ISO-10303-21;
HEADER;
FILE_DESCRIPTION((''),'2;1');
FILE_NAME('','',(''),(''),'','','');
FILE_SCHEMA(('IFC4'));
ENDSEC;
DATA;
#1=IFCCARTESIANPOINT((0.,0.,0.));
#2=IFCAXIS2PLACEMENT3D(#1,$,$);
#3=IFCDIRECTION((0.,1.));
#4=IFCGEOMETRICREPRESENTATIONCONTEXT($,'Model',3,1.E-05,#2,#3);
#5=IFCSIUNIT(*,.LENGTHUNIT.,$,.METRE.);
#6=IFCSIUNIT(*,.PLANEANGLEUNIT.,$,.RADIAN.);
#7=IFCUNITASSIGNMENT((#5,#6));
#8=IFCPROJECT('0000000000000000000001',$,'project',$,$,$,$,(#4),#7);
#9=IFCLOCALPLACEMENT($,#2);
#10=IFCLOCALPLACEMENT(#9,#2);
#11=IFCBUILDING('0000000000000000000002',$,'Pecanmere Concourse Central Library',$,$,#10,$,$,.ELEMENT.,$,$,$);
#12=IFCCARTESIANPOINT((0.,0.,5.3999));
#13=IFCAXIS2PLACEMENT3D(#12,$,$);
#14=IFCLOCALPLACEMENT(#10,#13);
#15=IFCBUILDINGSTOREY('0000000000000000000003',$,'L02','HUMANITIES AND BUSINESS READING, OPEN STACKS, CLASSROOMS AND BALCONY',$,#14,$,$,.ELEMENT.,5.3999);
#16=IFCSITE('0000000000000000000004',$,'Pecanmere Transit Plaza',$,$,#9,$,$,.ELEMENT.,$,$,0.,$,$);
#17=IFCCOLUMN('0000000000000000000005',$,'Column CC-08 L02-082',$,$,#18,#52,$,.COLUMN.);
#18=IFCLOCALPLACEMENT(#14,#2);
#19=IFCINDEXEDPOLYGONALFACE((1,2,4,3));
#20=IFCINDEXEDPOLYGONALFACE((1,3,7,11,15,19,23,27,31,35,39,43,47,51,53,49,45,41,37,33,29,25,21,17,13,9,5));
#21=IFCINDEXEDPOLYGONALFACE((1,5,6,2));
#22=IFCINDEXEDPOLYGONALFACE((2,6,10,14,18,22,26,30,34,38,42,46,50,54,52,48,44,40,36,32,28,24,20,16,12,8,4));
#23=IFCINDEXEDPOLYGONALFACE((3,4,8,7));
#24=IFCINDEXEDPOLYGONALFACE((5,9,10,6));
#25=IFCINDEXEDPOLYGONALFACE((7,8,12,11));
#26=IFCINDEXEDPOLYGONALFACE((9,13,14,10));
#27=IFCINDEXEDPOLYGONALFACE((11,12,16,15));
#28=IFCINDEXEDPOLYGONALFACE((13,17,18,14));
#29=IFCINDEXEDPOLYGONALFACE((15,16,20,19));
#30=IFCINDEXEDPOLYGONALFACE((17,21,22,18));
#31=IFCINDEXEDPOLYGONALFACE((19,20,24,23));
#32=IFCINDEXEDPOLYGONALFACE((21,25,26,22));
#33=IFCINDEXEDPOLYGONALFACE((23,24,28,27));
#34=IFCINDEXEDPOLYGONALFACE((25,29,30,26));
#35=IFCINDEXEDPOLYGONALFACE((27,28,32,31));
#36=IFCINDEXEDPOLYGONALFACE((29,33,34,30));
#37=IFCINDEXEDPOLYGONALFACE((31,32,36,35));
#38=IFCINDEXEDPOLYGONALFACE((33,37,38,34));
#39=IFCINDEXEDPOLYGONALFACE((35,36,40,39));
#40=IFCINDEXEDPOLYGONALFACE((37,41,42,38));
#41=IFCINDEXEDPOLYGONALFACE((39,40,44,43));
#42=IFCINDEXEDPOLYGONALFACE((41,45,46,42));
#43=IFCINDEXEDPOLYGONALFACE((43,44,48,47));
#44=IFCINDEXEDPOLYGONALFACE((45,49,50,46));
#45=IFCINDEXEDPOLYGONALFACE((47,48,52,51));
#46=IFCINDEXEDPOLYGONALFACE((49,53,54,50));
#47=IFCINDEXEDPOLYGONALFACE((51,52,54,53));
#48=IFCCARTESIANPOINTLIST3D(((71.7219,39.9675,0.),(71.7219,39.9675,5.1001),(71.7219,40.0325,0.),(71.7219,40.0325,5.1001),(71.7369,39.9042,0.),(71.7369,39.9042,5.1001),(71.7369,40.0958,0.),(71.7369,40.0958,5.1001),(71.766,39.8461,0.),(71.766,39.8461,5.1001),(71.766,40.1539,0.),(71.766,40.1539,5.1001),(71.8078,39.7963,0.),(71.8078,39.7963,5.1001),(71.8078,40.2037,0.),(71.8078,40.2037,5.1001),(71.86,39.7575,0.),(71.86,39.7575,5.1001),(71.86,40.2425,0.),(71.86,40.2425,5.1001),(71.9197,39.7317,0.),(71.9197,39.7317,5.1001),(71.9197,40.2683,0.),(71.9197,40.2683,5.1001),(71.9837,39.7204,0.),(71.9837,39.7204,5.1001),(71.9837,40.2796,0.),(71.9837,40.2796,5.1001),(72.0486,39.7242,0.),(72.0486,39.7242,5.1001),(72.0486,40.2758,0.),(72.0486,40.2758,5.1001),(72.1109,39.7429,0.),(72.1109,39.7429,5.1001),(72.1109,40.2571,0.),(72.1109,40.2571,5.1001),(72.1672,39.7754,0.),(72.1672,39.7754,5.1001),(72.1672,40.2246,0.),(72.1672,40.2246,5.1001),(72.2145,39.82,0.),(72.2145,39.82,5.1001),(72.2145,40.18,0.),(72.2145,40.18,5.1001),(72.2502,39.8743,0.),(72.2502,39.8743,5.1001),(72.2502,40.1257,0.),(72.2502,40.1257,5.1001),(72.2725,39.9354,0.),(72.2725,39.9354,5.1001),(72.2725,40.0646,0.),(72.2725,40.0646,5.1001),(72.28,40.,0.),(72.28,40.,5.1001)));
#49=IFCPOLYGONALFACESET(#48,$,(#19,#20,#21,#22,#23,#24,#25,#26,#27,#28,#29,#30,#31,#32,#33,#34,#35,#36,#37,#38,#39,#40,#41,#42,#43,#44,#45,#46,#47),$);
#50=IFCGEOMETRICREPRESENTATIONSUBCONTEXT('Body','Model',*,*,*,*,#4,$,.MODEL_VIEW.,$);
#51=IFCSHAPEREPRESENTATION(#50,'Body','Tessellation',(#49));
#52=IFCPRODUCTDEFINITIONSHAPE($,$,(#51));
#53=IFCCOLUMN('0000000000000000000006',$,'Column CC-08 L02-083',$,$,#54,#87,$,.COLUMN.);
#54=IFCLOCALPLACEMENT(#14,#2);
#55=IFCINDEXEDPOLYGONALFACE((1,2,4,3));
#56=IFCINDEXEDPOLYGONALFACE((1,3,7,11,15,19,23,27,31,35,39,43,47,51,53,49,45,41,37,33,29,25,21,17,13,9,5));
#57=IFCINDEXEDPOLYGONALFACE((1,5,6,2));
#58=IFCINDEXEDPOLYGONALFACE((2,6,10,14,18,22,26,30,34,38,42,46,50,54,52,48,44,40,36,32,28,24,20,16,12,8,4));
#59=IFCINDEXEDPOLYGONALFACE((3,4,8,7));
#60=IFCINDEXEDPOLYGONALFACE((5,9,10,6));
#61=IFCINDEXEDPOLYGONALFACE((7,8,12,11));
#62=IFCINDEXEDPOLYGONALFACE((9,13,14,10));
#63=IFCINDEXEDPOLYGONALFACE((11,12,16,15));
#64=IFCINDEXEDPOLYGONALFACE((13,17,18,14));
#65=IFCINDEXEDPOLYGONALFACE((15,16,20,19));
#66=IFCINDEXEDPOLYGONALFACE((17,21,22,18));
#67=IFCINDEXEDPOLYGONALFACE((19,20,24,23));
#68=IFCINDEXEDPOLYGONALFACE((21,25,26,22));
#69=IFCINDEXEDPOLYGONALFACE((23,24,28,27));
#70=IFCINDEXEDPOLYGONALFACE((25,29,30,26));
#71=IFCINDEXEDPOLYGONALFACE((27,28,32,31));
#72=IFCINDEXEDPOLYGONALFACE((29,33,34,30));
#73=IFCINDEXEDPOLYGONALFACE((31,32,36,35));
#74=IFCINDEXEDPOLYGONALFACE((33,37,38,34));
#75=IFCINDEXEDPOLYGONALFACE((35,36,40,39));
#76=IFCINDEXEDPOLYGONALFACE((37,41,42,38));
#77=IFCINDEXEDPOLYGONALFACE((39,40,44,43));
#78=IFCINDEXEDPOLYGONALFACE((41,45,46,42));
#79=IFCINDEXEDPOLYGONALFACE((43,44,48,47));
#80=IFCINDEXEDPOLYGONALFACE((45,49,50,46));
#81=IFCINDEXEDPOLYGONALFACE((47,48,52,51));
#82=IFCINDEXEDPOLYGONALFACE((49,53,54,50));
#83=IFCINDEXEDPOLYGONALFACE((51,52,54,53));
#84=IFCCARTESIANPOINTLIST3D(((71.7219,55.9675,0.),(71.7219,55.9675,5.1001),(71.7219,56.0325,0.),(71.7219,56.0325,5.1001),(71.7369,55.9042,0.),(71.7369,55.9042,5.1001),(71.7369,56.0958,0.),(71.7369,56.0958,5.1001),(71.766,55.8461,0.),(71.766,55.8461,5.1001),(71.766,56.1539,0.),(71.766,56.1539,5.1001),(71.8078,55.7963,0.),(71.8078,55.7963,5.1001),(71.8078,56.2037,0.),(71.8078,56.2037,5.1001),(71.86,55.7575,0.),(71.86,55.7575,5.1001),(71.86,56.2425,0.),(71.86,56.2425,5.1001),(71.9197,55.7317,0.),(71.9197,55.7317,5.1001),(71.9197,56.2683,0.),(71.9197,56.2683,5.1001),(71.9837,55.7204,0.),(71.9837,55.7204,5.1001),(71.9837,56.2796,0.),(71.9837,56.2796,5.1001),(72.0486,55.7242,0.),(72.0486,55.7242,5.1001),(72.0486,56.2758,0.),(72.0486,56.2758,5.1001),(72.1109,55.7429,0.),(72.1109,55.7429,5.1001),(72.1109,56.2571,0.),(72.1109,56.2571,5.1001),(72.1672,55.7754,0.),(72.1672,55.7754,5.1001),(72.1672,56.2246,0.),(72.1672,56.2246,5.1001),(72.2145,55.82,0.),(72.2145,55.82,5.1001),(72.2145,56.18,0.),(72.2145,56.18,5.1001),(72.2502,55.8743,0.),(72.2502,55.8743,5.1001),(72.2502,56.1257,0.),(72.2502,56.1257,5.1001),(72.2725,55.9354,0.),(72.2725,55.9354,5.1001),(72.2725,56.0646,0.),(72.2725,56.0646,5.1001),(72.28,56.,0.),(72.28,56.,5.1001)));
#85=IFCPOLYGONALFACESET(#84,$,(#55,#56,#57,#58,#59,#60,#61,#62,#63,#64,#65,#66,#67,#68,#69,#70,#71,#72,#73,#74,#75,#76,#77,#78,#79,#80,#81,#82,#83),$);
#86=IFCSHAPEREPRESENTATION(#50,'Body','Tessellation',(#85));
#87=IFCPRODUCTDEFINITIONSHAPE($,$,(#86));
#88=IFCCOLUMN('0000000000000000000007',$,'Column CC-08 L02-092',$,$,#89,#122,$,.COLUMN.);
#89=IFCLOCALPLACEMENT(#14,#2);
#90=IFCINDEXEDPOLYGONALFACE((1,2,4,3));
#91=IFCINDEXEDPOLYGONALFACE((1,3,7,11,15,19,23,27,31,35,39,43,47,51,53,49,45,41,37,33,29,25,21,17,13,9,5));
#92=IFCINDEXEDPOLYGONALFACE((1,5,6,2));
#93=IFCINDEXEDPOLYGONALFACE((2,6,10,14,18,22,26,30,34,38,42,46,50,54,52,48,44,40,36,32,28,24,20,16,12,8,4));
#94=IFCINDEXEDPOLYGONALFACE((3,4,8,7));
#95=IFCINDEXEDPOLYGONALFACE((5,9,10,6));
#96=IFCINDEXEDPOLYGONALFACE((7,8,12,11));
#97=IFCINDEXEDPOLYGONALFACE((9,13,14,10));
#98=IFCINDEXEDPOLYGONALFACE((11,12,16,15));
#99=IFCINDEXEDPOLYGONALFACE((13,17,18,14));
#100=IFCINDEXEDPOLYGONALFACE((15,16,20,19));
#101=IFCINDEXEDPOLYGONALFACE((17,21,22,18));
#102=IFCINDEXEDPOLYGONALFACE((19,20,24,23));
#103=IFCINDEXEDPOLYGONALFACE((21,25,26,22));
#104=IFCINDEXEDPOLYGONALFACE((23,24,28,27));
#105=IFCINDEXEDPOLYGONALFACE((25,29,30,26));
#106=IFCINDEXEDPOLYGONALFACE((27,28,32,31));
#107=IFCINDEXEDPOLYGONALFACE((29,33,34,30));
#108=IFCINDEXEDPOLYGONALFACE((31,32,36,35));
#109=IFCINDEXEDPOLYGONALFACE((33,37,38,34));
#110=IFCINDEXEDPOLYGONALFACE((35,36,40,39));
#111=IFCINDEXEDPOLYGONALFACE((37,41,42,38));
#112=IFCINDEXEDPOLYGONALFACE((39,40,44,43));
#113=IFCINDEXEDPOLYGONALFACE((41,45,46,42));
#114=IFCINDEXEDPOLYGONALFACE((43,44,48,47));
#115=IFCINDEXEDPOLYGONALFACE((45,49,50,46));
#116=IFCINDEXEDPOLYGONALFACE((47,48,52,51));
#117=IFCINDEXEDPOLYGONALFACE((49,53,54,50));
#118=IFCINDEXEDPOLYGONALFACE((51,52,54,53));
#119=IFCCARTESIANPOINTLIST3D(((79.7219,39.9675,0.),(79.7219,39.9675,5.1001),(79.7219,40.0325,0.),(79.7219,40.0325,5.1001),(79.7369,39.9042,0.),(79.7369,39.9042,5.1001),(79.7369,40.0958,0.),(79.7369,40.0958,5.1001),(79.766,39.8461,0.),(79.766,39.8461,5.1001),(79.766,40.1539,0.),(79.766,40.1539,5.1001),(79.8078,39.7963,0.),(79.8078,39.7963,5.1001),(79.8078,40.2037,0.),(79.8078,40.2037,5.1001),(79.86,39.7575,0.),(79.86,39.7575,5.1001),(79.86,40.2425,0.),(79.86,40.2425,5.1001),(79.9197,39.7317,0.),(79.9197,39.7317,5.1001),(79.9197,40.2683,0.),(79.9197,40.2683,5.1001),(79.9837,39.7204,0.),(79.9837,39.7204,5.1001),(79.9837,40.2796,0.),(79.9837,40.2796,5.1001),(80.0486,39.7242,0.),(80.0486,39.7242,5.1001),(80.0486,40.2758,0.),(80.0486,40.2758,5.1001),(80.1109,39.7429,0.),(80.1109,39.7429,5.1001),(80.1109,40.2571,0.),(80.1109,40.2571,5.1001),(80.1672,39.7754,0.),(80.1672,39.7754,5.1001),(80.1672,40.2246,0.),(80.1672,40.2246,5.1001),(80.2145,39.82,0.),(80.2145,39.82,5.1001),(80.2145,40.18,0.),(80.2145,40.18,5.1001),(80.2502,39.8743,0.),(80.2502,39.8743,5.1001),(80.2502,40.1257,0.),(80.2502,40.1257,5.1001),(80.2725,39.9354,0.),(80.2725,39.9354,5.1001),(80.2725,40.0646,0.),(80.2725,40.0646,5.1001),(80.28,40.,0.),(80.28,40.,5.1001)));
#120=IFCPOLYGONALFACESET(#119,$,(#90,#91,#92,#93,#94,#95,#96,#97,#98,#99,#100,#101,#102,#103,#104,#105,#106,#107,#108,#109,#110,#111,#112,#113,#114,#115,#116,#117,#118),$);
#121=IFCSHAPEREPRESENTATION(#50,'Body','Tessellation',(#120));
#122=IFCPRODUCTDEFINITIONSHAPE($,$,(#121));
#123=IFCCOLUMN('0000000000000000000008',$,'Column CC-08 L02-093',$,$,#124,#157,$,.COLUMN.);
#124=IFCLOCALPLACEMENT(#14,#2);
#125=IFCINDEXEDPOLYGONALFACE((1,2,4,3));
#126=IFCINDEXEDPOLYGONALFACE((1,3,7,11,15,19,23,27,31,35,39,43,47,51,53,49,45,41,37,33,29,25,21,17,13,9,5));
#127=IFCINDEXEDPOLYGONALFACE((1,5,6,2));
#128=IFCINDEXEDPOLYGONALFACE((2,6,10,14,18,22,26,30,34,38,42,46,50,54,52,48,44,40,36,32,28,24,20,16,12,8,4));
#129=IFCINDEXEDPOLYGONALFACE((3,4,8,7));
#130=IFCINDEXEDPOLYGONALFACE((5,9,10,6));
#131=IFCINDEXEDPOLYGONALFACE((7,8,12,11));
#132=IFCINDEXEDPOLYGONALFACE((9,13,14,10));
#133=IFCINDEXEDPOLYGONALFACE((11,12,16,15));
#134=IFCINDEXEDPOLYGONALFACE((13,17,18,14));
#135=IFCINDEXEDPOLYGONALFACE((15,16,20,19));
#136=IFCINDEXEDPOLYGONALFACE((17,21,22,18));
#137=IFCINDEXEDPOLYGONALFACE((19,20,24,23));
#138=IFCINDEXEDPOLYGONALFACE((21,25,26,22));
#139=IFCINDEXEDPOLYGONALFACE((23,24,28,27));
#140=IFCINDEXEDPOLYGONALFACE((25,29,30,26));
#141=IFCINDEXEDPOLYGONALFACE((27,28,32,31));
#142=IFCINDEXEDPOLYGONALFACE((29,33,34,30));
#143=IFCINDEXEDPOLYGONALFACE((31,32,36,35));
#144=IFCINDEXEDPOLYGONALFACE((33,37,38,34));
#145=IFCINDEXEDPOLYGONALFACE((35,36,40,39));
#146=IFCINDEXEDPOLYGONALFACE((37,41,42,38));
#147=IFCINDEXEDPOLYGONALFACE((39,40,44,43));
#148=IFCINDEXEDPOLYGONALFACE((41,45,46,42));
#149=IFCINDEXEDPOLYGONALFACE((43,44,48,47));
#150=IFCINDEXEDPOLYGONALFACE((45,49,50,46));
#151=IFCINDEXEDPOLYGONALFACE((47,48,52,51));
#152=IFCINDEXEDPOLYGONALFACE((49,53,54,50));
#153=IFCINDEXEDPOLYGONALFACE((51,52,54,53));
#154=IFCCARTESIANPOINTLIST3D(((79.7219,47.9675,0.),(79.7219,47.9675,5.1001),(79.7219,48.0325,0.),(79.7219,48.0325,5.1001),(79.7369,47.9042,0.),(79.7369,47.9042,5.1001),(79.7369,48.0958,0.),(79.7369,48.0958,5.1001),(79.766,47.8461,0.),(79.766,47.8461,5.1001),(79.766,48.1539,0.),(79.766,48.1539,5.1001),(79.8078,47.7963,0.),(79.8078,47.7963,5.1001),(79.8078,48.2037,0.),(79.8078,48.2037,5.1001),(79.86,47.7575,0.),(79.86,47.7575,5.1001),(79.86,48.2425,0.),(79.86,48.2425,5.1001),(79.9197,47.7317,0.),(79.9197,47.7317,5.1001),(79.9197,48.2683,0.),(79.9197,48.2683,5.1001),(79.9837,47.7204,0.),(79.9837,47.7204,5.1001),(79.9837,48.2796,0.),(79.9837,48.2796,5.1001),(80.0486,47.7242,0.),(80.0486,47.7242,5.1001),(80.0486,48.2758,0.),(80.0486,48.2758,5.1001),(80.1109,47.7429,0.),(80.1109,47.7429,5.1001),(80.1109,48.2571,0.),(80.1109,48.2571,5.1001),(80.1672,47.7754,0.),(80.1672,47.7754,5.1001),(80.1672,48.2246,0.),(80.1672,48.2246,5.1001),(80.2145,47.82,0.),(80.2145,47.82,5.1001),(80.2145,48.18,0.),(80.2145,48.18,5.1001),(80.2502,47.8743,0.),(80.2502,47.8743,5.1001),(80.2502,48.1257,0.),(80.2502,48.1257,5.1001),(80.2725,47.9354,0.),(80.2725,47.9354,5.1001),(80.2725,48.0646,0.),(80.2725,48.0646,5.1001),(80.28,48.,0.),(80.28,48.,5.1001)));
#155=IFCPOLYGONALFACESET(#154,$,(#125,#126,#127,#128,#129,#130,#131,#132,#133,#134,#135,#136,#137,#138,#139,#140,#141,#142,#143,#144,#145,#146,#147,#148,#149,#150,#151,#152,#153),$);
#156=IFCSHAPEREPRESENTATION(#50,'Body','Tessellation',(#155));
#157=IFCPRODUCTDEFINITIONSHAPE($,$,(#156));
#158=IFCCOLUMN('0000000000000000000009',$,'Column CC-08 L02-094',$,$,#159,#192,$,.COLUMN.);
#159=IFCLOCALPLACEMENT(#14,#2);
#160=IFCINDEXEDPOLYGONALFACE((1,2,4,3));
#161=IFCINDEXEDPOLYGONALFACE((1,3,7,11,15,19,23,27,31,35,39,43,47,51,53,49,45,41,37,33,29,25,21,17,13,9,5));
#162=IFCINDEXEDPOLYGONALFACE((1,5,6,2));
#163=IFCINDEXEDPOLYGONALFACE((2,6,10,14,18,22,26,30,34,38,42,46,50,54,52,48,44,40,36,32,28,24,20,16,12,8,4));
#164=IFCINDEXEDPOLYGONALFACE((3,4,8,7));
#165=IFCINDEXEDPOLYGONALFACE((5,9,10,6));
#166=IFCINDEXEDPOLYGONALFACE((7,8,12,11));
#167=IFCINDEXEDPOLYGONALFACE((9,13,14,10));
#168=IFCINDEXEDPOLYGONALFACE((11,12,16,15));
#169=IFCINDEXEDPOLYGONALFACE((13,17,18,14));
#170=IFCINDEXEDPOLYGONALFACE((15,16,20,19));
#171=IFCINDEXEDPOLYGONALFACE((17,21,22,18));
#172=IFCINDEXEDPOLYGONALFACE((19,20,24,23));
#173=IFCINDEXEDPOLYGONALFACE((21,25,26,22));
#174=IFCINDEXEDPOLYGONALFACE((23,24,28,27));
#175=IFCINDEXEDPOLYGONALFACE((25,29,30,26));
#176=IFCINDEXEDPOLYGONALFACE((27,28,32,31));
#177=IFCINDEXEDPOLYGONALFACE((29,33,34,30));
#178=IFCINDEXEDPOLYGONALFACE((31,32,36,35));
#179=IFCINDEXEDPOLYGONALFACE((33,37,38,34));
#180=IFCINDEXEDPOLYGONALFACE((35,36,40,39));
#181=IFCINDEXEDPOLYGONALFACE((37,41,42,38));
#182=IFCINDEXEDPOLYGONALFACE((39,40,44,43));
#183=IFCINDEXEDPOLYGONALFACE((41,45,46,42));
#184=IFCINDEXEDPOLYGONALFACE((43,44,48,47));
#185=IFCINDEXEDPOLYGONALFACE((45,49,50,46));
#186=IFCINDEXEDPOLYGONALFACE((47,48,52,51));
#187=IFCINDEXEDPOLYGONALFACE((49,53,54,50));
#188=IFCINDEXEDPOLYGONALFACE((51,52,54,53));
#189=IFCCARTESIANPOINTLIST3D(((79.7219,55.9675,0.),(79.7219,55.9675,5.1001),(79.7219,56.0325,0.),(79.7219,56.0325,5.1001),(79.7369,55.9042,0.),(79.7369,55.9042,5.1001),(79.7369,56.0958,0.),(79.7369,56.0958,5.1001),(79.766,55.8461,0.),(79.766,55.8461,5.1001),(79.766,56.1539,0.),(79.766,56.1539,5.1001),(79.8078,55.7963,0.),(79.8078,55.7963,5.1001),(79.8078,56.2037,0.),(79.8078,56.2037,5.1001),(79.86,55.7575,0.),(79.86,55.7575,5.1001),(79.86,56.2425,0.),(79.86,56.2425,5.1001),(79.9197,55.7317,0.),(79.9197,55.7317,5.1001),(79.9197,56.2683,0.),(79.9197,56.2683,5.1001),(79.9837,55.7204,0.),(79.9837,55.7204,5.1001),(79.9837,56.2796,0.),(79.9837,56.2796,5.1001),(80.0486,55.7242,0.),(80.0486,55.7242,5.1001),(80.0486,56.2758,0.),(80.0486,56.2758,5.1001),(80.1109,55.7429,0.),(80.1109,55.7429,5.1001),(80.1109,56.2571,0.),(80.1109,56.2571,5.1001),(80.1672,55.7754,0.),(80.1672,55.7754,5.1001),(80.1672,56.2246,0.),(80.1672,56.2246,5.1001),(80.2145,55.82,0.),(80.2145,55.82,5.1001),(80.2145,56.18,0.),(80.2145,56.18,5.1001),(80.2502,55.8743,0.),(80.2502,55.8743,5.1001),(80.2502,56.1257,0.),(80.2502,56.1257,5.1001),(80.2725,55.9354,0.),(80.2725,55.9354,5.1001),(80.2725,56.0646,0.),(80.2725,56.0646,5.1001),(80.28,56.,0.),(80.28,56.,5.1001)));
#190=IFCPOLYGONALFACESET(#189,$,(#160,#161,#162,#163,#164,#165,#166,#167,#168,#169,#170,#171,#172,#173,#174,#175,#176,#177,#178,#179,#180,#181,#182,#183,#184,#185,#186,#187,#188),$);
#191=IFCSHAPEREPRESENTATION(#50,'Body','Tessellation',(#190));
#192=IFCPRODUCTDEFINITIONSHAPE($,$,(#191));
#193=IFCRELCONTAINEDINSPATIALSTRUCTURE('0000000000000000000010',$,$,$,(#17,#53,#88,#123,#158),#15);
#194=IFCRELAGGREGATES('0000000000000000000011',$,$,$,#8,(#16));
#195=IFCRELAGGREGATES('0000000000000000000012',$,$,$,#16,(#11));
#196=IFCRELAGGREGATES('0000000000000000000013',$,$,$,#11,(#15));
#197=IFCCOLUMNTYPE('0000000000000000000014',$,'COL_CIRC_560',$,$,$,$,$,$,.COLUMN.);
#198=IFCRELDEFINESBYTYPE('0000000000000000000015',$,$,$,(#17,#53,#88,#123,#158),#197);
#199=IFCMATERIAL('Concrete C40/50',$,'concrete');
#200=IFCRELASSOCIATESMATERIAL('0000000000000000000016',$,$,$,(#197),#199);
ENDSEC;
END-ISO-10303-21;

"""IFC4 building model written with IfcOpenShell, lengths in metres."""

from ifc_helpers import new_model, si_unit, direction, frame, origin, origin_2d, place, context, subcontext, project, spatial, circle, extrude, material, material_profile, profile_set, type_object, element, save


model = new_model("IFC4")

# Units and contexts
model_context = context("Model", 3, precision=1e-05, world=origin(), true_north=direction((0.0, 1.0)))
body_context = subcontext(model_context, "Body", "Model", "MODEL_VIEW")
ifc_project = project(units=[si_unit("LENGTHUNIT", "METRE"), si_unit("PLANEANGLEUNIT", "RADIAN")], contexts=[model_context])

# Site, building, storey
site_placement = place(None, origin())
site = spatial("IfcSite", under=ifc_project, at=site_placement, Name="Pecanmere Transit Plaza", CompositionType="ELEMENT", RefElevation=0.0)
building_placement = place(site_placement, origin())
building = spatial("IfcBuilding", under=site, at=building_placement, Name="Pecanmere Concourse Central Library", CompositionType="ELEMENT")
storey_placement = place(building_placement, frame((0.0, 0.0, 5.3999)))
storey = spatial("IfcBuildingStorey", under=building, at=storey_placement, Name="L02", Description="HUMANITIES AND BUSINESS READING, OPEN STACKS, CLASSROOMS AND BALCONY", CompositionType="ELEMENT", Elevation=5.3999)

# Columns
ifc_material_1 = material(Name="Concrete C40/50", Category="concrete")
ifc_material_profile_1 = material_profile(ifc_material_1, circle(Radius=0.28, at=origin_2d()), Name="RC D560")
ifc_profile_set_1 = profile_set([ifc_material_profile_1], Name="Concrete C40/50")
column_type = type_object("IfcColumnType", Name="COL_CIRC_560", PredefinedType="COLUMN", material=ifc_profile_set_1)
for number, where, z_axis, x_axis, name in (
    (1, (72.0, 40.0, 0.0), (0.0, 0.0, 1.0), (1.0, 0.0, 0.0), "Column CC-08 L02-082"),
    (2, (72.0, 56.0, 0.0), (0.0, 0.0, 1.0), (1.0, 0.0, 0.0), "Column CC-08 L02-083"),
    (3, (80.0, 40.0, 0.0), (0.0, 0.0, 1.0), (1.0, 0.0, 0.0), "Column CC-08 L02-092"),
    (4, (80.0, 48.0, 0.0), (0.0, 0.0, 1.0), (1.0, 0.0, 0.0), "Column CC-08 L02-093"),
    (5, (80.0, 56.0, 0.0), (0.0, 0.0, 1.0), (1.0, 0.0, 0.0), "Column CC-08 L02-094"),
):
    element("IfcColumn", number, at=place(storey_placement, frame(where, z_axis=z_axis, x_axis=x_axis)), inside=storey, type_object=column_type, Name=name, PredefinedType="COLUMN", context=body_context, shape_type="SweptSolid", body=[
        extrude(circle(Radius=0.28, at=origin_2d()), origin(), (0.0, 0.0, 1.0), 5.1001),
    ])

save(model, "model.ifc")
